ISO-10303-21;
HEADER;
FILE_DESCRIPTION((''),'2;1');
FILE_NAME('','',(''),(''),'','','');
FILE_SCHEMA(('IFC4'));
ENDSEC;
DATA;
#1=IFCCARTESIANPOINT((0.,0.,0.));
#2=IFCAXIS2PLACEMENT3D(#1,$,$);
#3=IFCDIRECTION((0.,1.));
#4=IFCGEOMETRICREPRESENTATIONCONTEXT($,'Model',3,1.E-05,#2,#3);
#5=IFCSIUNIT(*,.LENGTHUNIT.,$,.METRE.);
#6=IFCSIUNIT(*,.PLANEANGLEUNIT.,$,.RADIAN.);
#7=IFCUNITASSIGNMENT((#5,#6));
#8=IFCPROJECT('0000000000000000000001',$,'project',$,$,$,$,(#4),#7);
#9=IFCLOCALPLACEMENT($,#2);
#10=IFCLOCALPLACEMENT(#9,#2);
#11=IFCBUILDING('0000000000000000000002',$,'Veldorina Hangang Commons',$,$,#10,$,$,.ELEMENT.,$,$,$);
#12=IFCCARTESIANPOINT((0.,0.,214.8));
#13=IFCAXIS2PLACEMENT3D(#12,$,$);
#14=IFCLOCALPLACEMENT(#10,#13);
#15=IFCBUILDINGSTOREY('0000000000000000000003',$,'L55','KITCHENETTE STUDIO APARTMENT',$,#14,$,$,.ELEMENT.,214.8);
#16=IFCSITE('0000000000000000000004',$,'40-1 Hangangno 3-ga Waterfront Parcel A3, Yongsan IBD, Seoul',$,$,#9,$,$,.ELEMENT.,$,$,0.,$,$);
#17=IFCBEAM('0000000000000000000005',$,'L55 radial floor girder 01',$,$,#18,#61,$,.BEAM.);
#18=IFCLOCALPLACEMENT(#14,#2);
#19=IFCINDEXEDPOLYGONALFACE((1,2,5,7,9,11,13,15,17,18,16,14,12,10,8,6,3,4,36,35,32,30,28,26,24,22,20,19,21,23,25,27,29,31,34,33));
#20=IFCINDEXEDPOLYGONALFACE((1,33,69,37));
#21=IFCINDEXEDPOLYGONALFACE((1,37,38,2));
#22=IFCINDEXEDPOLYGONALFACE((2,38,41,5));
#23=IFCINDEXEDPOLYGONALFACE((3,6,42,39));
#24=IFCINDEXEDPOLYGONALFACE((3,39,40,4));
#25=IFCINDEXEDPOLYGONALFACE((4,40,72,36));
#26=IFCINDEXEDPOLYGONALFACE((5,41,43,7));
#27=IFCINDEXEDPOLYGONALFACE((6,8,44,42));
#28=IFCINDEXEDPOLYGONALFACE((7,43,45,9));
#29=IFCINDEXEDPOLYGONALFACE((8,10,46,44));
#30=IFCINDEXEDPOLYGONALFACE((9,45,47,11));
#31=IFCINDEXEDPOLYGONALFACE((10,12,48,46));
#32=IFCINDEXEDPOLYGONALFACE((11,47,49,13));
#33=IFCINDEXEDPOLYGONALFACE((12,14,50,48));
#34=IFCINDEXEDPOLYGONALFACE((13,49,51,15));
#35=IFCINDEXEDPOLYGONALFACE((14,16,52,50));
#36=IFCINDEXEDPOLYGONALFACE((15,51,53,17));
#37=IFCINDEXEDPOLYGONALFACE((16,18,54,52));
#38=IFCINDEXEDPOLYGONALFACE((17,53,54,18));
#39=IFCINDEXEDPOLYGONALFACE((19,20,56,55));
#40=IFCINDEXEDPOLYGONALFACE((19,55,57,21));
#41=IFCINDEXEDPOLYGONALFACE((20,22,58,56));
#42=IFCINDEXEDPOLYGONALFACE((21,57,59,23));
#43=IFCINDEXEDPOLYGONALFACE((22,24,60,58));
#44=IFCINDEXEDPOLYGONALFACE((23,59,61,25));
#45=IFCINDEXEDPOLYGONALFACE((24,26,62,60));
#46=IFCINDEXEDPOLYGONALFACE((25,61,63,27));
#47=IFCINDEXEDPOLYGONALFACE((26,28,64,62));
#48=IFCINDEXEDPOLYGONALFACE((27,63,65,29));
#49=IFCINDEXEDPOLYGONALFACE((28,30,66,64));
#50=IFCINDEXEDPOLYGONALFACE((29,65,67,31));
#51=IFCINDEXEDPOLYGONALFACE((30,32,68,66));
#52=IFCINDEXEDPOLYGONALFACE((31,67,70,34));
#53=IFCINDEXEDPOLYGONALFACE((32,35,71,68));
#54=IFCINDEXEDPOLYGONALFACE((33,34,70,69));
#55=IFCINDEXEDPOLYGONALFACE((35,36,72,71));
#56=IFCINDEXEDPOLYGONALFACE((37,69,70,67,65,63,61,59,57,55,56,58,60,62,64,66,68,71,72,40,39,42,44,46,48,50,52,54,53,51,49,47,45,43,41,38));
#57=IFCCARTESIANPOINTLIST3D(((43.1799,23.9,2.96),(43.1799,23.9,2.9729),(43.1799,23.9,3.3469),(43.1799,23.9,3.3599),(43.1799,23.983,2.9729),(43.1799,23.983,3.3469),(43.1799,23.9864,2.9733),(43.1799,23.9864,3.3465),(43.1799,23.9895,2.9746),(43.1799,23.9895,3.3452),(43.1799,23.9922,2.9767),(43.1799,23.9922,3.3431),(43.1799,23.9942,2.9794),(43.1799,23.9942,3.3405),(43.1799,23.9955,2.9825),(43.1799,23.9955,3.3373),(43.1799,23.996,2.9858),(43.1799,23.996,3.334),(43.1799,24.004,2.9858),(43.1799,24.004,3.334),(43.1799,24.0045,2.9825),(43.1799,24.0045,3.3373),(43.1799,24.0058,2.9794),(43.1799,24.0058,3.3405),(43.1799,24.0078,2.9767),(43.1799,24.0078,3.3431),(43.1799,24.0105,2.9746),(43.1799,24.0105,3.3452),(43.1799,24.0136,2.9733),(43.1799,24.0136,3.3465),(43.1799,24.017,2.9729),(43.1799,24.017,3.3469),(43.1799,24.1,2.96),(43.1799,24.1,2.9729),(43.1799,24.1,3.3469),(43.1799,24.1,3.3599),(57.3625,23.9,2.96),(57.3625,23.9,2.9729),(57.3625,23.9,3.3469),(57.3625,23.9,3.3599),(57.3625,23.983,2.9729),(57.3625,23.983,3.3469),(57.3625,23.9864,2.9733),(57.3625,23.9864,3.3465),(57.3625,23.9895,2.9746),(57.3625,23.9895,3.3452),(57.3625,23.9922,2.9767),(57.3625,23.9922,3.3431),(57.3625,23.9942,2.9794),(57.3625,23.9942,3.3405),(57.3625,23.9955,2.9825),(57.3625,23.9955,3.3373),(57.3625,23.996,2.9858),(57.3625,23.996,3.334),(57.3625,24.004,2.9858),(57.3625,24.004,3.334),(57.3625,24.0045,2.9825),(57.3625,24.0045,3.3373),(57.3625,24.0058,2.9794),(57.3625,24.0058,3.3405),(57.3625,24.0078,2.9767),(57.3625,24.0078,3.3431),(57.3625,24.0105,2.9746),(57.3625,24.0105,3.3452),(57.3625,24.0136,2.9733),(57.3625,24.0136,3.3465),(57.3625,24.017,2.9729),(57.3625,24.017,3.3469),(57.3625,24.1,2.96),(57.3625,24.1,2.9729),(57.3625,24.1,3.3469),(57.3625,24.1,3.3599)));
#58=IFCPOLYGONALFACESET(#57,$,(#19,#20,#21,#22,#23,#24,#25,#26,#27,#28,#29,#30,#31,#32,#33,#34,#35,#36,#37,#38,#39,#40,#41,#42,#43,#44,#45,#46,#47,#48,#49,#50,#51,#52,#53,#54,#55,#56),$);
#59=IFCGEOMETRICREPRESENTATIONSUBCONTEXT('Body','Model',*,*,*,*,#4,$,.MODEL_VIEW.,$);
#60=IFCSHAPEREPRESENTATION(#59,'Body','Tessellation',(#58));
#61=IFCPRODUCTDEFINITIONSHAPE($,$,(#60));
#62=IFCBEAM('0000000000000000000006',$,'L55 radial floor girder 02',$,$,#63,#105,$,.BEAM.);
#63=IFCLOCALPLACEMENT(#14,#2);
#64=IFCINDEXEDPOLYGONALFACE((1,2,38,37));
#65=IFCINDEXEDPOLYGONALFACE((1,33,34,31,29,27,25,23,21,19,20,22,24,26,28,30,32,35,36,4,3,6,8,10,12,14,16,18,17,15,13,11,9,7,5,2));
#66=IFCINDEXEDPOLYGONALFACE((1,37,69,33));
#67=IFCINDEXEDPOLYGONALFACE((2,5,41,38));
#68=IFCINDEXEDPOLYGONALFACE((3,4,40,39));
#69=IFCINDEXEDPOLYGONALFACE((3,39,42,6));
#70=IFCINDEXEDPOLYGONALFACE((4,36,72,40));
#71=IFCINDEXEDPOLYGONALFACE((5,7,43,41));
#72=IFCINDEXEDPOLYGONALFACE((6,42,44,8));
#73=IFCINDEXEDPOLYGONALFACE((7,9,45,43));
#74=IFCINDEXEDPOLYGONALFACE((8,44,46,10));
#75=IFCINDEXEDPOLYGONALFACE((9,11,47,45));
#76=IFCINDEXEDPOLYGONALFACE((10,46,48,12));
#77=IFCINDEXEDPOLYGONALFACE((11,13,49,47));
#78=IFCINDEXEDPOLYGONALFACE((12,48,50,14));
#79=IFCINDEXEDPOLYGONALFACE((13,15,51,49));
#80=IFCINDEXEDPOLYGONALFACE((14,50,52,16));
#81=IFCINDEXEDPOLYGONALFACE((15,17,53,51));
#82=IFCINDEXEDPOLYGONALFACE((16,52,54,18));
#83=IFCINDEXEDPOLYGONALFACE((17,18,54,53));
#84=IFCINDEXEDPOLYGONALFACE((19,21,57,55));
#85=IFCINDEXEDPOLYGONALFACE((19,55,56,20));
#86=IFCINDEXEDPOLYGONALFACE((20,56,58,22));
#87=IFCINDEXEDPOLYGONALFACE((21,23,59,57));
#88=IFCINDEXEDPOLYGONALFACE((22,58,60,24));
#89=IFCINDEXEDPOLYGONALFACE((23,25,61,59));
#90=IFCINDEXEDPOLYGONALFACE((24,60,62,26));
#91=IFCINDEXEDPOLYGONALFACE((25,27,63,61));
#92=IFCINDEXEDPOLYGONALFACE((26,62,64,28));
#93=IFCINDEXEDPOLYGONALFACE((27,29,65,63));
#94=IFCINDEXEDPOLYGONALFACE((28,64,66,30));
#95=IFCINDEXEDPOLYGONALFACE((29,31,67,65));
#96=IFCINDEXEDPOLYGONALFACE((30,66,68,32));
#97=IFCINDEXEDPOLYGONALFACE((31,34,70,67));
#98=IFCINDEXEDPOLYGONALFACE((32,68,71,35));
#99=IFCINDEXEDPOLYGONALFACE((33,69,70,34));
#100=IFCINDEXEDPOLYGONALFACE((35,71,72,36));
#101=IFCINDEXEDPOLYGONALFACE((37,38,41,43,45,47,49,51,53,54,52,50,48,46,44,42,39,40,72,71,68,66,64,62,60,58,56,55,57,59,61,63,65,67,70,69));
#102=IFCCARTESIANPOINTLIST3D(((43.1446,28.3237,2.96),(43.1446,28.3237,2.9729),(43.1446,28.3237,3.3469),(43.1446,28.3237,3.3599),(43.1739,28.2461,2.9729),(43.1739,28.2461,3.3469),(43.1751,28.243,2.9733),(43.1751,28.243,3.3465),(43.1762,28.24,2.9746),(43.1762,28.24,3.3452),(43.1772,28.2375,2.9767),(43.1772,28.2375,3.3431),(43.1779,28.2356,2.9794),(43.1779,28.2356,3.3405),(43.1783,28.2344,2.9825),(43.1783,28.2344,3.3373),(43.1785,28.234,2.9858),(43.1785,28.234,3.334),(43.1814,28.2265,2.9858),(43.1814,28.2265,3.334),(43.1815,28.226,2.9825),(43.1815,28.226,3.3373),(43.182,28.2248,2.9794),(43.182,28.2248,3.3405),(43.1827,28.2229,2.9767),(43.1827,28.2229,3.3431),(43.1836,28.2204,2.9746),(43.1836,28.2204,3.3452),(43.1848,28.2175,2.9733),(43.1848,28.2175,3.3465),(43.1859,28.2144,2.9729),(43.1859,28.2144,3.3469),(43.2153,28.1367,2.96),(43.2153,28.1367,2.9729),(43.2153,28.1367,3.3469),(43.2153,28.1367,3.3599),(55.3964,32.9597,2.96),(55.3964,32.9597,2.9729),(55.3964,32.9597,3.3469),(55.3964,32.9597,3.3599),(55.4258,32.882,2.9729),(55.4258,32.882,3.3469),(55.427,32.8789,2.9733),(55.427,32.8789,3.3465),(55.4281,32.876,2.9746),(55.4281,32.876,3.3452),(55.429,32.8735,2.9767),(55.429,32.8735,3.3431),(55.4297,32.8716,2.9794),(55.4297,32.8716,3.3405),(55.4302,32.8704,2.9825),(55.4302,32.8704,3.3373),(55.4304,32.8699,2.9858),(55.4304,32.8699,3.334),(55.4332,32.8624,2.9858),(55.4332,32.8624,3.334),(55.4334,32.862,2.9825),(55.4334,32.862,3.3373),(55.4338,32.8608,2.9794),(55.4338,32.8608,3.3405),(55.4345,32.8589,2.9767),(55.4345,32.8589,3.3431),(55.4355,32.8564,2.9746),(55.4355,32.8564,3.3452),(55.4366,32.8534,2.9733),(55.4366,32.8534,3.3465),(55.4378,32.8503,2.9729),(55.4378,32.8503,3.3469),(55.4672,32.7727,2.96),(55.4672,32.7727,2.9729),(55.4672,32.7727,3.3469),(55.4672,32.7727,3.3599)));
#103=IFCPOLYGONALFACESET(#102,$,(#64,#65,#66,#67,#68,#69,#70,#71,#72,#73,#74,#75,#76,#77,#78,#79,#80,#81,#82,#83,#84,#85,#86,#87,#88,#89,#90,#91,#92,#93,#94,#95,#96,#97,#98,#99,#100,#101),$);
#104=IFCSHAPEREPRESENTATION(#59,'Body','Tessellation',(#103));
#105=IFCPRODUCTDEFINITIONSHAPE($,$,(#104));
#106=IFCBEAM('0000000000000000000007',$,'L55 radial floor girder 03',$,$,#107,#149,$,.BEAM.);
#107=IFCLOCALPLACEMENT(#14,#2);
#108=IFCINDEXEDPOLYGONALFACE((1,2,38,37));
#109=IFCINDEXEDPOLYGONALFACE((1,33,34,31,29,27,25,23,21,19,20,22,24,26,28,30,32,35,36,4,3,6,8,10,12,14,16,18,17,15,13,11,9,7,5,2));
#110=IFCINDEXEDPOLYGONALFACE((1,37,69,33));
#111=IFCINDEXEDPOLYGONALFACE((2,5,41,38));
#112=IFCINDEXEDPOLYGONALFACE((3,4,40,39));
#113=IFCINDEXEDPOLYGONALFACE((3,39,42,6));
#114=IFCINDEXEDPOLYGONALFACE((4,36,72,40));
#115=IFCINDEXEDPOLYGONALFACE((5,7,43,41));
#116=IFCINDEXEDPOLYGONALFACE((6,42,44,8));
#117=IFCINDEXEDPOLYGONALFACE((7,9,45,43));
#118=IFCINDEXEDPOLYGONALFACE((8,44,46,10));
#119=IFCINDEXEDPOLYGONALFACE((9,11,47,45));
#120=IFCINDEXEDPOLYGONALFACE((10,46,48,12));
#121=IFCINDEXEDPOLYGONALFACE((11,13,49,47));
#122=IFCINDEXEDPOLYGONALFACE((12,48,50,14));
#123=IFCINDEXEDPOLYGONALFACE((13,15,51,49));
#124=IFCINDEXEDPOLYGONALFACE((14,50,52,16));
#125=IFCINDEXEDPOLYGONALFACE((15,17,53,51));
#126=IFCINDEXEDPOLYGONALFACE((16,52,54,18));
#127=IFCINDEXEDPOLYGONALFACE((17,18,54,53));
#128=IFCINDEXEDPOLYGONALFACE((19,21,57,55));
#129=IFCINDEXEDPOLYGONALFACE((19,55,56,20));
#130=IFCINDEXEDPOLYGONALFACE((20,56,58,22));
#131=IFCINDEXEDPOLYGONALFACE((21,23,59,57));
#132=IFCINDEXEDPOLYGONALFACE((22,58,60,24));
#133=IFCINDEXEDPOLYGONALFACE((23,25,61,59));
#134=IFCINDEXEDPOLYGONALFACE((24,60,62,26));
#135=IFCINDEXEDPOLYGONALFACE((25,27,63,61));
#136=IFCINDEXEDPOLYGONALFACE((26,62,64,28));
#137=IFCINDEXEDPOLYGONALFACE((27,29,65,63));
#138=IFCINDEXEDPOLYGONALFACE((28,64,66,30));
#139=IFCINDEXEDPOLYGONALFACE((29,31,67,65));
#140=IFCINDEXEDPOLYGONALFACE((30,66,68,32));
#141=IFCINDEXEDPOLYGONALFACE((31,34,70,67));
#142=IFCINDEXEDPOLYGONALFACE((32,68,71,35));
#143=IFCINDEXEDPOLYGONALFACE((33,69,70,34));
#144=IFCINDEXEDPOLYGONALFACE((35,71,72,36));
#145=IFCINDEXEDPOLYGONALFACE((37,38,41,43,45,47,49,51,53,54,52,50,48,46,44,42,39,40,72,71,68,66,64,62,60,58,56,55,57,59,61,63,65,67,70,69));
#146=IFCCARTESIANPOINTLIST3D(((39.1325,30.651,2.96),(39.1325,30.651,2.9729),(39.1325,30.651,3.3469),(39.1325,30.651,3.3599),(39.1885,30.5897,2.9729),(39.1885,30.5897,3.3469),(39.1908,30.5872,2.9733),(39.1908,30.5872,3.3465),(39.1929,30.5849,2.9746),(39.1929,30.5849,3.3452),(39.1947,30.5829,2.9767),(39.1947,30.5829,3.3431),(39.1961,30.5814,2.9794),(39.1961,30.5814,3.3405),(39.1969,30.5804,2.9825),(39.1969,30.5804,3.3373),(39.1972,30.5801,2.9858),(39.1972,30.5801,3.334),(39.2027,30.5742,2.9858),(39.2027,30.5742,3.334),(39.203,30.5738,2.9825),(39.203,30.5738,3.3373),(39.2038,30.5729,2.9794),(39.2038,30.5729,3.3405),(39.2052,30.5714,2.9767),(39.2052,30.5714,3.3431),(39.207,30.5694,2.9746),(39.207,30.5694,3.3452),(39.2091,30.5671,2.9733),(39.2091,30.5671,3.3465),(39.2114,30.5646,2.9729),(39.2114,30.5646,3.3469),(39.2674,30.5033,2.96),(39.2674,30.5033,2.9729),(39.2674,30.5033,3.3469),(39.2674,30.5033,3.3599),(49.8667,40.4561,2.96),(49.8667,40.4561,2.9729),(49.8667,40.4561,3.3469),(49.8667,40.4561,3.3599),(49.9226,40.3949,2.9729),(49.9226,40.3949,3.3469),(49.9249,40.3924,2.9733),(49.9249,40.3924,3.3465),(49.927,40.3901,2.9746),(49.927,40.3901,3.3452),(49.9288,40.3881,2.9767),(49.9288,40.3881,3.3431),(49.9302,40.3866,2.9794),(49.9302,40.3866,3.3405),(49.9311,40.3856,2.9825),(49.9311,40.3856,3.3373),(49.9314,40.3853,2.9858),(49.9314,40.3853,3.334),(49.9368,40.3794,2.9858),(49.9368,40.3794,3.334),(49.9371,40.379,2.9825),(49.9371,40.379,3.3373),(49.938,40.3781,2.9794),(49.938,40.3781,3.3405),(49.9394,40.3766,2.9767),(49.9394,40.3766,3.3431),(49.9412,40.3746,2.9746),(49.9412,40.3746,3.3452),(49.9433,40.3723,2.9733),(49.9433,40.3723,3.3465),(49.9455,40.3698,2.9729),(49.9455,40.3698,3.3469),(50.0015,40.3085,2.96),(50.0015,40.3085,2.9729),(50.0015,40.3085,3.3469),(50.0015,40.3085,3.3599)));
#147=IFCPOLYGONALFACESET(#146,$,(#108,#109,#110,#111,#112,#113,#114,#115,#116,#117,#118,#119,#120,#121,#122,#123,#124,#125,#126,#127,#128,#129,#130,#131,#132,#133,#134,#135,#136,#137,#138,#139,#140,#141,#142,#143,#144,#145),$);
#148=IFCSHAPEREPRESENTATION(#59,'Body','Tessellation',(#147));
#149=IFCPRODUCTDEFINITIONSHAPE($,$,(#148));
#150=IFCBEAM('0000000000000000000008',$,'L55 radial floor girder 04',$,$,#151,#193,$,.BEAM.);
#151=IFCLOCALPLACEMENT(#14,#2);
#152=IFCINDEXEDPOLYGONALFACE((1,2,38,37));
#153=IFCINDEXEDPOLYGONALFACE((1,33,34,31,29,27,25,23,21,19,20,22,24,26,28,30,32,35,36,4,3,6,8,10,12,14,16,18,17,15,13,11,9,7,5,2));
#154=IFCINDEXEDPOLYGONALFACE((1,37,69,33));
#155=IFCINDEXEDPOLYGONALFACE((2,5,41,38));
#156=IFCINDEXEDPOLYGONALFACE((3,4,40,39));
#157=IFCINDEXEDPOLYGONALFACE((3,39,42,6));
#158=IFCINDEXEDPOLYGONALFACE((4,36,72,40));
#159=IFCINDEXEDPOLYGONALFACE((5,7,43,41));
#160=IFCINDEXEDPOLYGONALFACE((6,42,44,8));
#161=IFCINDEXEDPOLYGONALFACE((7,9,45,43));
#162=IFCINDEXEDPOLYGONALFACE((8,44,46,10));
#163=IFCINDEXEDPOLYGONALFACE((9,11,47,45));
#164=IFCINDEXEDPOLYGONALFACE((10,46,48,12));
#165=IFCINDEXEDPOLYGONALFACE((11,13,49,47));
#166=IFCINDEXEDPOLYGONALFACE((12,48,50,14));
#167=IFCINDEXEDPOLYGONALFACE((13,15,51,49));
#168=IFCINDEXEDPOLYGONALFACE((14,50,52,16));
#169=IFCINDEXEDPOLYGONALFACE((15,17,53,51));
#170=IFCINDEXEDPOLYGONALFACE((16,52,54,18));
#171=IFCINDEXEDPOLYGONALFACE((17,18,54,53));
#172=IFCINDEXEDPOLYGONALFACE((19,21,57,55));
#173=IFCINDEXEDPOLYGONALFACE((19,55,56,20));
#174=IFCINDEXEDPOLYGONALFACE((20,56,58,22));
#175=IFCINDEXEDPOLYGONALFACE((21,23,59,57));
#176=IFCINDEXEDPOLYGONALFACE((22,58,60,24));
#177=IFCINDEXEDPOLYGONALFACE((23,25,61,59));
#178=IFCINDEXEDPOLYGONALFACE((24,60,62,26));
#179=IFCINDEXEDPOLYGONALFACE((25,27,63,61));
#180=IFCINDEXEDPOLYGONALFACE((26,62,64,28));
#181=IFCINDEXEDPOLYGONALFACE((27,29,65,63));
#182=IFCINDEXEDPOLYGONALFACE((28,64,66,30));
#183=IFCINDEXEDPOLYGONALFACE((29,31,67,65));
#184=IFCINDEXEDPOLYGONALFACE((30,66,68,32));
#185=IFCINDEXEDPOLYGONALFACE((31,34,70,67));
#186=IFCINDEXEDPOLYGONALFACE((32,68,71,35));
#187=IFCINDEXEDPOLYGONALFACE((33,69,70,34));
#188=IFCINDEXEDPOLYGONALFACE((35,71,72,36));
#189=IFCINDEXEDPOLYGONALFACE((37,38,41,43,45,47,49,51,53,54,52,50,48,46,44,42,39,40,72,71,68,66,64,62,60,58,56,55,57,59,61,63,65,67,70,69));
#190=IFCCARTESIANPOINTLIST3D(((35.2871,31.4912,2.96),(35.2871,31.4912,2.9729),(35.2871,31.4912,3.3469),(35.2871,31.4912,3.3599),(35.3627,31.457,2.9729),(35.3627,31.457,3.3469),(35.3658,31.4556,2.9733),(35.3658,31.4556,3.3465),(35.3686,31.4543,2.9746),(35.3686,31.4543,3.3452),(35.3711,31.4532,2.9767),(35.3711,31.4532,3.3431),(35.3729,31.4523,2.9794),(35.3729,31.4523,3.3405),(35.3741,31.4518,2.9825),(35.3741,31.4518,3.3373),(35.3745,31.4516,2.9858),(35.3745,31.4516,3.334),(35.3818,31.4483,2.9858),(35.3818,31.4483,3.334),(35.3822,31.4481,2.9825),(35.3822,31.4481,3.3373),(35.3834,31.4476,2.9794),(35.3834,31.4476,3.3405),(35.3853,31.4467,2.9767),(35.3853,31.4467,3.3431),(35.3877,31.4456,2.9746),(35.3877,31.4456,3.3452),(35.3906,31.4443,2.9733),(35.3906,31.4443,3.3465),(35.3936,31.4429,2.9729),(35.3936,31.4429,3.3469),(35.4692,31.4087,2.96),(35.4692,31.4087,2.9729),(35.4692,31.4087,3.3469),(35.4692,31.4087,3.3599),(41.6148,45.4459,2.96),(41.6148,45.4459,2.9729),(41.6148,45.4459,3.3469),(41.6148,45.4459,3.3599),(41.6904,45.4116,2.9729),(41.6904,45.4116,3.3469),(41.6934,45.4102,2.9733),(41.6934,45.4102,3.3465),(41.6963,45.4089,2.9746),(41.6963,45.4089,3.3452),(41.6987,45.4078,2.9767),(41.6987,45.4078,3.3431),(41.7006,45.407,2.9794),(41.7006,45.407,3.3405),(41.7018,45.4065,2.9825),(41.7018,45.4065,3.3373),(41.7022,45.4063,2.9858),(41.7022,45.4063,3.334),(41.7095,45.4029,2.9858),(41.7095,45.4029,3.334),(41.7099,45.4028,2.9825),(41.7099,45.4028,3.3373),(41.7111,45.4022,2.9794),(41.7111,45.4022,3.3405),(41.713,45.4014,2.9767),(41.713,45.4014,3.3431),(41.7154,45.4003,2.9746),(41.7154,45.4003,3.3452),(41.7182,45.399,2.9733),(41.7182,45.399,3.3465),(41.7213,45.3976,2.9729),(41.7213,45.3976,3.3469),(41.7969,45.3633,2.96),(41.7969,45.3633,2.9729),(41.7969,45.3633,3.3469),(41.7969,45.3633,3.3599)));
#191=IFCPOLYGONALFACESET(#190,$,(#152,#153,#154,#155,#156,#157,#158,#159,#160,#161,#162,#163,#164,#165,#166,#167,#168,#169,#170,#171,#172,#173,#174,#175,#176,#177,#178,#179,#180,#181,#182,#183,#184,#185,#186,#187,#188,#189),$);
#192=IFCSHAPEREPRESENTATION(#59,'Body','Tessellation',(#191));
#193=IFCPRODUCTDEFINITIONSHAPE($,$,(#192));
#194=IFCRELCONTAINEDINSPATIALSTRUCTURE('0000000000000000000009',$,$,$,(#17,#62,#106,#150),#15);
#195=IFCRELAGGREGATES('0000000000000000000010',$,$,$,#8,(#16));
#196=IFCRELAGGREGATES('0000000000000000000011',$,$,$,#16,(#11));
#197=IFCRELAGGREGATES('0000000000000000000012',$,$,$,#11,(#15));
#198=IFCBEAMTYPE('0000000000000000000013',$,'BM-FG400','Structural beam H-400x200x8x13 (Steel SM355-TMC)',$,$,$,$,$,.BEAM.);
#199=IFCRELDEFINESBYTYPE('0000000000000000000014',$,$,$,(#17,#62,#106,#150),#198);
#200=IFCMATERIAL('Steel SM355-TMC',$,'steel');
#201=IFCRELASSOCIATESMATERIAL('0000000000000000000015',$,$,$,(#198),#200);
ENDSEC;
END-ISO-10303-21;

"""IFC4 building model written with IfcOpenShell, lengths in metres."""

from ifc_helpers import new_model, si_unit, direction, frame, origin, origin_2d, place, context, subcontext, project, spatial, i_section, extrude, material, material_profile, profile_set, type_object, element, save


model = new_model("IFC4")

# Units and contexts
model_context = context("Model", 3, precision=1e-05, world=origin(), true_north=direction((0.0, 1.0)))
body_context = subcontext(model_context, "Body", "Model", "MODEL_VIEW")
ifc_project = project(units=[si_unit("LENGTHUNIT", "METRE"), si_unit("PLANEANGLEUNIT", "RADIAN")], contexts=[model_context])

# Site, building, storey
site_placement = place(None, origin())
site = spatial("IfcSite", under=ifc_project, at=site_placement, Name="40-1 Hangangno 3-ga Waterfront Parcel A3, Yongsan IBD, Seoul", CompositionType="ELEMENT", RefElevation=0.0)
building_placement = place(site_placement, origin())
building = spatial("IfcBuilding", under=site, at=building_placement, Name="Veldorina Hangang Commons", CompositionType="ELEMENT")
storey_placement = place(building_placement, frame((0.0, 0.0, 214.8)))
storey = spatial("IfcBuildingStorey", under=building, at=storey_placement, Name="L55", Description="KITCHENETTE STUDIO APARTMENT", CompositionType="ELEMENT", Elevation=214.8)

# Beams
ifc_material_1 = material(Name="Steel SM355-TMC", Category="steel")
ifc_material_profile = material_profile(ifc_material_1, i_section(OverallWidth=0.2, OverallDepth=0.3999, WebThickness=0.0081, FlangeThickness=0.0129, FilletRadius=0.0129, at=origin_2d()), Name="H-400x200x8x13")
ifc_profile_set = profile_set([ifc_material_profile], Name="Steel SM355-TMC")
beam_type = type_object("IfcBeamType", Name="BM-FG400", Description="Structural beam H-400x200x8x13 (Steel SM355-TMC)", PredefinedType="BEAM", material=ifc_profile_set)
beam_1_placement = place(storey_placement, frame((43.1799, 24.0, 3.1599), z_axis=(1.0, 0.0, 0.0), x_axis=(0.0, 1.0, 0.0)))
element("IfcBeam", 1, at=beam_1_placement, inside=storey, type_object=beam_type, Name="L55 radial floor girder 01", PredefinedType="BEAM", context=body_context, shape_type="SweptSolid", body=[
    extrude(i_section(OverallWidth=0.2, OverallDepth=0.3999, WebThickness=0.0081, FlangeThickness=0.0129, FilletRadius=0.0129, at=origin_2d()), origin(), (0.0, 0.0, 1.0), 14.1826),
])
beam_2_placement = place(storey_placement, frame((43.1799, 28.2302, 3.1599), z_axis=(0.935283, 0.3539, 0.0), x_axis=(-0.3539, 0.935283, 0.0)))
element("IfcBeam", 2, at=beam_2_placement, inside=storey, type_object=beam_type, Name="L55 radial floor girder 02", PredefinedType="BEAM", context=body_context, shape_type="SweptSolid", body=[
    extrude(i_section(OverallWidth=0.2, OverallDepth=0.3999, WebThickness=0.0081, FlangeThickness=0.0129, FilletRadius=0.0129, at=origin_2d()), origin(), (0.0, 0.0, 1.0), 13.0996),
])
beam_3_placement = place(storey_placement, frame((39.2, 30.5771, 3.1599), z_axis=(0.738333, 0.674436, 0.0), x_axis=(-0.674436, 0.738333, 0.0)))
element("IfcBeam", 3, at=beam_3_placement, inside=storey, type_object=beam_type, Name="L55 radial floor girder 03", PredefinedType="BEAM", context=body_context, shape_type="SweptSolid", body=[
    extrude(i_section(OverallWidth=0.2, OverallDepth=0.3999, WebThickness=0.0081, FlangeThickness=0.0129, FilletRadius=0.0129, at=origin_2d()), origin(), (0.0, 0.0, 1.0), 14.5383),
])
beam_4_placement = place(storey_placement, frame((35.3782, 31.45, 3.1599), z_axis=(0.412972, 0.910744, 0.0), x_axis=(-0.910744, 0.412972, 0.0)))
element("IfcBeam", 4, at=beam_4_placement, inside=storey, type_object=beam_type, Name="L55 radial floor girder 04", PredefinedType="BEAM", context=body_context, shape_type="SweptSolid", body=[
    extrude(i_section(OverallWidth=0.2, OverallDepth=0.3999, WebThickness=0.0081, FlangeThickness=0.0129, FilletRadius=0.0129, at=origin_2d()), origin(), (0.0, 0.0, 1.0), 15.3223),
])

save(model, "model.ifc")
